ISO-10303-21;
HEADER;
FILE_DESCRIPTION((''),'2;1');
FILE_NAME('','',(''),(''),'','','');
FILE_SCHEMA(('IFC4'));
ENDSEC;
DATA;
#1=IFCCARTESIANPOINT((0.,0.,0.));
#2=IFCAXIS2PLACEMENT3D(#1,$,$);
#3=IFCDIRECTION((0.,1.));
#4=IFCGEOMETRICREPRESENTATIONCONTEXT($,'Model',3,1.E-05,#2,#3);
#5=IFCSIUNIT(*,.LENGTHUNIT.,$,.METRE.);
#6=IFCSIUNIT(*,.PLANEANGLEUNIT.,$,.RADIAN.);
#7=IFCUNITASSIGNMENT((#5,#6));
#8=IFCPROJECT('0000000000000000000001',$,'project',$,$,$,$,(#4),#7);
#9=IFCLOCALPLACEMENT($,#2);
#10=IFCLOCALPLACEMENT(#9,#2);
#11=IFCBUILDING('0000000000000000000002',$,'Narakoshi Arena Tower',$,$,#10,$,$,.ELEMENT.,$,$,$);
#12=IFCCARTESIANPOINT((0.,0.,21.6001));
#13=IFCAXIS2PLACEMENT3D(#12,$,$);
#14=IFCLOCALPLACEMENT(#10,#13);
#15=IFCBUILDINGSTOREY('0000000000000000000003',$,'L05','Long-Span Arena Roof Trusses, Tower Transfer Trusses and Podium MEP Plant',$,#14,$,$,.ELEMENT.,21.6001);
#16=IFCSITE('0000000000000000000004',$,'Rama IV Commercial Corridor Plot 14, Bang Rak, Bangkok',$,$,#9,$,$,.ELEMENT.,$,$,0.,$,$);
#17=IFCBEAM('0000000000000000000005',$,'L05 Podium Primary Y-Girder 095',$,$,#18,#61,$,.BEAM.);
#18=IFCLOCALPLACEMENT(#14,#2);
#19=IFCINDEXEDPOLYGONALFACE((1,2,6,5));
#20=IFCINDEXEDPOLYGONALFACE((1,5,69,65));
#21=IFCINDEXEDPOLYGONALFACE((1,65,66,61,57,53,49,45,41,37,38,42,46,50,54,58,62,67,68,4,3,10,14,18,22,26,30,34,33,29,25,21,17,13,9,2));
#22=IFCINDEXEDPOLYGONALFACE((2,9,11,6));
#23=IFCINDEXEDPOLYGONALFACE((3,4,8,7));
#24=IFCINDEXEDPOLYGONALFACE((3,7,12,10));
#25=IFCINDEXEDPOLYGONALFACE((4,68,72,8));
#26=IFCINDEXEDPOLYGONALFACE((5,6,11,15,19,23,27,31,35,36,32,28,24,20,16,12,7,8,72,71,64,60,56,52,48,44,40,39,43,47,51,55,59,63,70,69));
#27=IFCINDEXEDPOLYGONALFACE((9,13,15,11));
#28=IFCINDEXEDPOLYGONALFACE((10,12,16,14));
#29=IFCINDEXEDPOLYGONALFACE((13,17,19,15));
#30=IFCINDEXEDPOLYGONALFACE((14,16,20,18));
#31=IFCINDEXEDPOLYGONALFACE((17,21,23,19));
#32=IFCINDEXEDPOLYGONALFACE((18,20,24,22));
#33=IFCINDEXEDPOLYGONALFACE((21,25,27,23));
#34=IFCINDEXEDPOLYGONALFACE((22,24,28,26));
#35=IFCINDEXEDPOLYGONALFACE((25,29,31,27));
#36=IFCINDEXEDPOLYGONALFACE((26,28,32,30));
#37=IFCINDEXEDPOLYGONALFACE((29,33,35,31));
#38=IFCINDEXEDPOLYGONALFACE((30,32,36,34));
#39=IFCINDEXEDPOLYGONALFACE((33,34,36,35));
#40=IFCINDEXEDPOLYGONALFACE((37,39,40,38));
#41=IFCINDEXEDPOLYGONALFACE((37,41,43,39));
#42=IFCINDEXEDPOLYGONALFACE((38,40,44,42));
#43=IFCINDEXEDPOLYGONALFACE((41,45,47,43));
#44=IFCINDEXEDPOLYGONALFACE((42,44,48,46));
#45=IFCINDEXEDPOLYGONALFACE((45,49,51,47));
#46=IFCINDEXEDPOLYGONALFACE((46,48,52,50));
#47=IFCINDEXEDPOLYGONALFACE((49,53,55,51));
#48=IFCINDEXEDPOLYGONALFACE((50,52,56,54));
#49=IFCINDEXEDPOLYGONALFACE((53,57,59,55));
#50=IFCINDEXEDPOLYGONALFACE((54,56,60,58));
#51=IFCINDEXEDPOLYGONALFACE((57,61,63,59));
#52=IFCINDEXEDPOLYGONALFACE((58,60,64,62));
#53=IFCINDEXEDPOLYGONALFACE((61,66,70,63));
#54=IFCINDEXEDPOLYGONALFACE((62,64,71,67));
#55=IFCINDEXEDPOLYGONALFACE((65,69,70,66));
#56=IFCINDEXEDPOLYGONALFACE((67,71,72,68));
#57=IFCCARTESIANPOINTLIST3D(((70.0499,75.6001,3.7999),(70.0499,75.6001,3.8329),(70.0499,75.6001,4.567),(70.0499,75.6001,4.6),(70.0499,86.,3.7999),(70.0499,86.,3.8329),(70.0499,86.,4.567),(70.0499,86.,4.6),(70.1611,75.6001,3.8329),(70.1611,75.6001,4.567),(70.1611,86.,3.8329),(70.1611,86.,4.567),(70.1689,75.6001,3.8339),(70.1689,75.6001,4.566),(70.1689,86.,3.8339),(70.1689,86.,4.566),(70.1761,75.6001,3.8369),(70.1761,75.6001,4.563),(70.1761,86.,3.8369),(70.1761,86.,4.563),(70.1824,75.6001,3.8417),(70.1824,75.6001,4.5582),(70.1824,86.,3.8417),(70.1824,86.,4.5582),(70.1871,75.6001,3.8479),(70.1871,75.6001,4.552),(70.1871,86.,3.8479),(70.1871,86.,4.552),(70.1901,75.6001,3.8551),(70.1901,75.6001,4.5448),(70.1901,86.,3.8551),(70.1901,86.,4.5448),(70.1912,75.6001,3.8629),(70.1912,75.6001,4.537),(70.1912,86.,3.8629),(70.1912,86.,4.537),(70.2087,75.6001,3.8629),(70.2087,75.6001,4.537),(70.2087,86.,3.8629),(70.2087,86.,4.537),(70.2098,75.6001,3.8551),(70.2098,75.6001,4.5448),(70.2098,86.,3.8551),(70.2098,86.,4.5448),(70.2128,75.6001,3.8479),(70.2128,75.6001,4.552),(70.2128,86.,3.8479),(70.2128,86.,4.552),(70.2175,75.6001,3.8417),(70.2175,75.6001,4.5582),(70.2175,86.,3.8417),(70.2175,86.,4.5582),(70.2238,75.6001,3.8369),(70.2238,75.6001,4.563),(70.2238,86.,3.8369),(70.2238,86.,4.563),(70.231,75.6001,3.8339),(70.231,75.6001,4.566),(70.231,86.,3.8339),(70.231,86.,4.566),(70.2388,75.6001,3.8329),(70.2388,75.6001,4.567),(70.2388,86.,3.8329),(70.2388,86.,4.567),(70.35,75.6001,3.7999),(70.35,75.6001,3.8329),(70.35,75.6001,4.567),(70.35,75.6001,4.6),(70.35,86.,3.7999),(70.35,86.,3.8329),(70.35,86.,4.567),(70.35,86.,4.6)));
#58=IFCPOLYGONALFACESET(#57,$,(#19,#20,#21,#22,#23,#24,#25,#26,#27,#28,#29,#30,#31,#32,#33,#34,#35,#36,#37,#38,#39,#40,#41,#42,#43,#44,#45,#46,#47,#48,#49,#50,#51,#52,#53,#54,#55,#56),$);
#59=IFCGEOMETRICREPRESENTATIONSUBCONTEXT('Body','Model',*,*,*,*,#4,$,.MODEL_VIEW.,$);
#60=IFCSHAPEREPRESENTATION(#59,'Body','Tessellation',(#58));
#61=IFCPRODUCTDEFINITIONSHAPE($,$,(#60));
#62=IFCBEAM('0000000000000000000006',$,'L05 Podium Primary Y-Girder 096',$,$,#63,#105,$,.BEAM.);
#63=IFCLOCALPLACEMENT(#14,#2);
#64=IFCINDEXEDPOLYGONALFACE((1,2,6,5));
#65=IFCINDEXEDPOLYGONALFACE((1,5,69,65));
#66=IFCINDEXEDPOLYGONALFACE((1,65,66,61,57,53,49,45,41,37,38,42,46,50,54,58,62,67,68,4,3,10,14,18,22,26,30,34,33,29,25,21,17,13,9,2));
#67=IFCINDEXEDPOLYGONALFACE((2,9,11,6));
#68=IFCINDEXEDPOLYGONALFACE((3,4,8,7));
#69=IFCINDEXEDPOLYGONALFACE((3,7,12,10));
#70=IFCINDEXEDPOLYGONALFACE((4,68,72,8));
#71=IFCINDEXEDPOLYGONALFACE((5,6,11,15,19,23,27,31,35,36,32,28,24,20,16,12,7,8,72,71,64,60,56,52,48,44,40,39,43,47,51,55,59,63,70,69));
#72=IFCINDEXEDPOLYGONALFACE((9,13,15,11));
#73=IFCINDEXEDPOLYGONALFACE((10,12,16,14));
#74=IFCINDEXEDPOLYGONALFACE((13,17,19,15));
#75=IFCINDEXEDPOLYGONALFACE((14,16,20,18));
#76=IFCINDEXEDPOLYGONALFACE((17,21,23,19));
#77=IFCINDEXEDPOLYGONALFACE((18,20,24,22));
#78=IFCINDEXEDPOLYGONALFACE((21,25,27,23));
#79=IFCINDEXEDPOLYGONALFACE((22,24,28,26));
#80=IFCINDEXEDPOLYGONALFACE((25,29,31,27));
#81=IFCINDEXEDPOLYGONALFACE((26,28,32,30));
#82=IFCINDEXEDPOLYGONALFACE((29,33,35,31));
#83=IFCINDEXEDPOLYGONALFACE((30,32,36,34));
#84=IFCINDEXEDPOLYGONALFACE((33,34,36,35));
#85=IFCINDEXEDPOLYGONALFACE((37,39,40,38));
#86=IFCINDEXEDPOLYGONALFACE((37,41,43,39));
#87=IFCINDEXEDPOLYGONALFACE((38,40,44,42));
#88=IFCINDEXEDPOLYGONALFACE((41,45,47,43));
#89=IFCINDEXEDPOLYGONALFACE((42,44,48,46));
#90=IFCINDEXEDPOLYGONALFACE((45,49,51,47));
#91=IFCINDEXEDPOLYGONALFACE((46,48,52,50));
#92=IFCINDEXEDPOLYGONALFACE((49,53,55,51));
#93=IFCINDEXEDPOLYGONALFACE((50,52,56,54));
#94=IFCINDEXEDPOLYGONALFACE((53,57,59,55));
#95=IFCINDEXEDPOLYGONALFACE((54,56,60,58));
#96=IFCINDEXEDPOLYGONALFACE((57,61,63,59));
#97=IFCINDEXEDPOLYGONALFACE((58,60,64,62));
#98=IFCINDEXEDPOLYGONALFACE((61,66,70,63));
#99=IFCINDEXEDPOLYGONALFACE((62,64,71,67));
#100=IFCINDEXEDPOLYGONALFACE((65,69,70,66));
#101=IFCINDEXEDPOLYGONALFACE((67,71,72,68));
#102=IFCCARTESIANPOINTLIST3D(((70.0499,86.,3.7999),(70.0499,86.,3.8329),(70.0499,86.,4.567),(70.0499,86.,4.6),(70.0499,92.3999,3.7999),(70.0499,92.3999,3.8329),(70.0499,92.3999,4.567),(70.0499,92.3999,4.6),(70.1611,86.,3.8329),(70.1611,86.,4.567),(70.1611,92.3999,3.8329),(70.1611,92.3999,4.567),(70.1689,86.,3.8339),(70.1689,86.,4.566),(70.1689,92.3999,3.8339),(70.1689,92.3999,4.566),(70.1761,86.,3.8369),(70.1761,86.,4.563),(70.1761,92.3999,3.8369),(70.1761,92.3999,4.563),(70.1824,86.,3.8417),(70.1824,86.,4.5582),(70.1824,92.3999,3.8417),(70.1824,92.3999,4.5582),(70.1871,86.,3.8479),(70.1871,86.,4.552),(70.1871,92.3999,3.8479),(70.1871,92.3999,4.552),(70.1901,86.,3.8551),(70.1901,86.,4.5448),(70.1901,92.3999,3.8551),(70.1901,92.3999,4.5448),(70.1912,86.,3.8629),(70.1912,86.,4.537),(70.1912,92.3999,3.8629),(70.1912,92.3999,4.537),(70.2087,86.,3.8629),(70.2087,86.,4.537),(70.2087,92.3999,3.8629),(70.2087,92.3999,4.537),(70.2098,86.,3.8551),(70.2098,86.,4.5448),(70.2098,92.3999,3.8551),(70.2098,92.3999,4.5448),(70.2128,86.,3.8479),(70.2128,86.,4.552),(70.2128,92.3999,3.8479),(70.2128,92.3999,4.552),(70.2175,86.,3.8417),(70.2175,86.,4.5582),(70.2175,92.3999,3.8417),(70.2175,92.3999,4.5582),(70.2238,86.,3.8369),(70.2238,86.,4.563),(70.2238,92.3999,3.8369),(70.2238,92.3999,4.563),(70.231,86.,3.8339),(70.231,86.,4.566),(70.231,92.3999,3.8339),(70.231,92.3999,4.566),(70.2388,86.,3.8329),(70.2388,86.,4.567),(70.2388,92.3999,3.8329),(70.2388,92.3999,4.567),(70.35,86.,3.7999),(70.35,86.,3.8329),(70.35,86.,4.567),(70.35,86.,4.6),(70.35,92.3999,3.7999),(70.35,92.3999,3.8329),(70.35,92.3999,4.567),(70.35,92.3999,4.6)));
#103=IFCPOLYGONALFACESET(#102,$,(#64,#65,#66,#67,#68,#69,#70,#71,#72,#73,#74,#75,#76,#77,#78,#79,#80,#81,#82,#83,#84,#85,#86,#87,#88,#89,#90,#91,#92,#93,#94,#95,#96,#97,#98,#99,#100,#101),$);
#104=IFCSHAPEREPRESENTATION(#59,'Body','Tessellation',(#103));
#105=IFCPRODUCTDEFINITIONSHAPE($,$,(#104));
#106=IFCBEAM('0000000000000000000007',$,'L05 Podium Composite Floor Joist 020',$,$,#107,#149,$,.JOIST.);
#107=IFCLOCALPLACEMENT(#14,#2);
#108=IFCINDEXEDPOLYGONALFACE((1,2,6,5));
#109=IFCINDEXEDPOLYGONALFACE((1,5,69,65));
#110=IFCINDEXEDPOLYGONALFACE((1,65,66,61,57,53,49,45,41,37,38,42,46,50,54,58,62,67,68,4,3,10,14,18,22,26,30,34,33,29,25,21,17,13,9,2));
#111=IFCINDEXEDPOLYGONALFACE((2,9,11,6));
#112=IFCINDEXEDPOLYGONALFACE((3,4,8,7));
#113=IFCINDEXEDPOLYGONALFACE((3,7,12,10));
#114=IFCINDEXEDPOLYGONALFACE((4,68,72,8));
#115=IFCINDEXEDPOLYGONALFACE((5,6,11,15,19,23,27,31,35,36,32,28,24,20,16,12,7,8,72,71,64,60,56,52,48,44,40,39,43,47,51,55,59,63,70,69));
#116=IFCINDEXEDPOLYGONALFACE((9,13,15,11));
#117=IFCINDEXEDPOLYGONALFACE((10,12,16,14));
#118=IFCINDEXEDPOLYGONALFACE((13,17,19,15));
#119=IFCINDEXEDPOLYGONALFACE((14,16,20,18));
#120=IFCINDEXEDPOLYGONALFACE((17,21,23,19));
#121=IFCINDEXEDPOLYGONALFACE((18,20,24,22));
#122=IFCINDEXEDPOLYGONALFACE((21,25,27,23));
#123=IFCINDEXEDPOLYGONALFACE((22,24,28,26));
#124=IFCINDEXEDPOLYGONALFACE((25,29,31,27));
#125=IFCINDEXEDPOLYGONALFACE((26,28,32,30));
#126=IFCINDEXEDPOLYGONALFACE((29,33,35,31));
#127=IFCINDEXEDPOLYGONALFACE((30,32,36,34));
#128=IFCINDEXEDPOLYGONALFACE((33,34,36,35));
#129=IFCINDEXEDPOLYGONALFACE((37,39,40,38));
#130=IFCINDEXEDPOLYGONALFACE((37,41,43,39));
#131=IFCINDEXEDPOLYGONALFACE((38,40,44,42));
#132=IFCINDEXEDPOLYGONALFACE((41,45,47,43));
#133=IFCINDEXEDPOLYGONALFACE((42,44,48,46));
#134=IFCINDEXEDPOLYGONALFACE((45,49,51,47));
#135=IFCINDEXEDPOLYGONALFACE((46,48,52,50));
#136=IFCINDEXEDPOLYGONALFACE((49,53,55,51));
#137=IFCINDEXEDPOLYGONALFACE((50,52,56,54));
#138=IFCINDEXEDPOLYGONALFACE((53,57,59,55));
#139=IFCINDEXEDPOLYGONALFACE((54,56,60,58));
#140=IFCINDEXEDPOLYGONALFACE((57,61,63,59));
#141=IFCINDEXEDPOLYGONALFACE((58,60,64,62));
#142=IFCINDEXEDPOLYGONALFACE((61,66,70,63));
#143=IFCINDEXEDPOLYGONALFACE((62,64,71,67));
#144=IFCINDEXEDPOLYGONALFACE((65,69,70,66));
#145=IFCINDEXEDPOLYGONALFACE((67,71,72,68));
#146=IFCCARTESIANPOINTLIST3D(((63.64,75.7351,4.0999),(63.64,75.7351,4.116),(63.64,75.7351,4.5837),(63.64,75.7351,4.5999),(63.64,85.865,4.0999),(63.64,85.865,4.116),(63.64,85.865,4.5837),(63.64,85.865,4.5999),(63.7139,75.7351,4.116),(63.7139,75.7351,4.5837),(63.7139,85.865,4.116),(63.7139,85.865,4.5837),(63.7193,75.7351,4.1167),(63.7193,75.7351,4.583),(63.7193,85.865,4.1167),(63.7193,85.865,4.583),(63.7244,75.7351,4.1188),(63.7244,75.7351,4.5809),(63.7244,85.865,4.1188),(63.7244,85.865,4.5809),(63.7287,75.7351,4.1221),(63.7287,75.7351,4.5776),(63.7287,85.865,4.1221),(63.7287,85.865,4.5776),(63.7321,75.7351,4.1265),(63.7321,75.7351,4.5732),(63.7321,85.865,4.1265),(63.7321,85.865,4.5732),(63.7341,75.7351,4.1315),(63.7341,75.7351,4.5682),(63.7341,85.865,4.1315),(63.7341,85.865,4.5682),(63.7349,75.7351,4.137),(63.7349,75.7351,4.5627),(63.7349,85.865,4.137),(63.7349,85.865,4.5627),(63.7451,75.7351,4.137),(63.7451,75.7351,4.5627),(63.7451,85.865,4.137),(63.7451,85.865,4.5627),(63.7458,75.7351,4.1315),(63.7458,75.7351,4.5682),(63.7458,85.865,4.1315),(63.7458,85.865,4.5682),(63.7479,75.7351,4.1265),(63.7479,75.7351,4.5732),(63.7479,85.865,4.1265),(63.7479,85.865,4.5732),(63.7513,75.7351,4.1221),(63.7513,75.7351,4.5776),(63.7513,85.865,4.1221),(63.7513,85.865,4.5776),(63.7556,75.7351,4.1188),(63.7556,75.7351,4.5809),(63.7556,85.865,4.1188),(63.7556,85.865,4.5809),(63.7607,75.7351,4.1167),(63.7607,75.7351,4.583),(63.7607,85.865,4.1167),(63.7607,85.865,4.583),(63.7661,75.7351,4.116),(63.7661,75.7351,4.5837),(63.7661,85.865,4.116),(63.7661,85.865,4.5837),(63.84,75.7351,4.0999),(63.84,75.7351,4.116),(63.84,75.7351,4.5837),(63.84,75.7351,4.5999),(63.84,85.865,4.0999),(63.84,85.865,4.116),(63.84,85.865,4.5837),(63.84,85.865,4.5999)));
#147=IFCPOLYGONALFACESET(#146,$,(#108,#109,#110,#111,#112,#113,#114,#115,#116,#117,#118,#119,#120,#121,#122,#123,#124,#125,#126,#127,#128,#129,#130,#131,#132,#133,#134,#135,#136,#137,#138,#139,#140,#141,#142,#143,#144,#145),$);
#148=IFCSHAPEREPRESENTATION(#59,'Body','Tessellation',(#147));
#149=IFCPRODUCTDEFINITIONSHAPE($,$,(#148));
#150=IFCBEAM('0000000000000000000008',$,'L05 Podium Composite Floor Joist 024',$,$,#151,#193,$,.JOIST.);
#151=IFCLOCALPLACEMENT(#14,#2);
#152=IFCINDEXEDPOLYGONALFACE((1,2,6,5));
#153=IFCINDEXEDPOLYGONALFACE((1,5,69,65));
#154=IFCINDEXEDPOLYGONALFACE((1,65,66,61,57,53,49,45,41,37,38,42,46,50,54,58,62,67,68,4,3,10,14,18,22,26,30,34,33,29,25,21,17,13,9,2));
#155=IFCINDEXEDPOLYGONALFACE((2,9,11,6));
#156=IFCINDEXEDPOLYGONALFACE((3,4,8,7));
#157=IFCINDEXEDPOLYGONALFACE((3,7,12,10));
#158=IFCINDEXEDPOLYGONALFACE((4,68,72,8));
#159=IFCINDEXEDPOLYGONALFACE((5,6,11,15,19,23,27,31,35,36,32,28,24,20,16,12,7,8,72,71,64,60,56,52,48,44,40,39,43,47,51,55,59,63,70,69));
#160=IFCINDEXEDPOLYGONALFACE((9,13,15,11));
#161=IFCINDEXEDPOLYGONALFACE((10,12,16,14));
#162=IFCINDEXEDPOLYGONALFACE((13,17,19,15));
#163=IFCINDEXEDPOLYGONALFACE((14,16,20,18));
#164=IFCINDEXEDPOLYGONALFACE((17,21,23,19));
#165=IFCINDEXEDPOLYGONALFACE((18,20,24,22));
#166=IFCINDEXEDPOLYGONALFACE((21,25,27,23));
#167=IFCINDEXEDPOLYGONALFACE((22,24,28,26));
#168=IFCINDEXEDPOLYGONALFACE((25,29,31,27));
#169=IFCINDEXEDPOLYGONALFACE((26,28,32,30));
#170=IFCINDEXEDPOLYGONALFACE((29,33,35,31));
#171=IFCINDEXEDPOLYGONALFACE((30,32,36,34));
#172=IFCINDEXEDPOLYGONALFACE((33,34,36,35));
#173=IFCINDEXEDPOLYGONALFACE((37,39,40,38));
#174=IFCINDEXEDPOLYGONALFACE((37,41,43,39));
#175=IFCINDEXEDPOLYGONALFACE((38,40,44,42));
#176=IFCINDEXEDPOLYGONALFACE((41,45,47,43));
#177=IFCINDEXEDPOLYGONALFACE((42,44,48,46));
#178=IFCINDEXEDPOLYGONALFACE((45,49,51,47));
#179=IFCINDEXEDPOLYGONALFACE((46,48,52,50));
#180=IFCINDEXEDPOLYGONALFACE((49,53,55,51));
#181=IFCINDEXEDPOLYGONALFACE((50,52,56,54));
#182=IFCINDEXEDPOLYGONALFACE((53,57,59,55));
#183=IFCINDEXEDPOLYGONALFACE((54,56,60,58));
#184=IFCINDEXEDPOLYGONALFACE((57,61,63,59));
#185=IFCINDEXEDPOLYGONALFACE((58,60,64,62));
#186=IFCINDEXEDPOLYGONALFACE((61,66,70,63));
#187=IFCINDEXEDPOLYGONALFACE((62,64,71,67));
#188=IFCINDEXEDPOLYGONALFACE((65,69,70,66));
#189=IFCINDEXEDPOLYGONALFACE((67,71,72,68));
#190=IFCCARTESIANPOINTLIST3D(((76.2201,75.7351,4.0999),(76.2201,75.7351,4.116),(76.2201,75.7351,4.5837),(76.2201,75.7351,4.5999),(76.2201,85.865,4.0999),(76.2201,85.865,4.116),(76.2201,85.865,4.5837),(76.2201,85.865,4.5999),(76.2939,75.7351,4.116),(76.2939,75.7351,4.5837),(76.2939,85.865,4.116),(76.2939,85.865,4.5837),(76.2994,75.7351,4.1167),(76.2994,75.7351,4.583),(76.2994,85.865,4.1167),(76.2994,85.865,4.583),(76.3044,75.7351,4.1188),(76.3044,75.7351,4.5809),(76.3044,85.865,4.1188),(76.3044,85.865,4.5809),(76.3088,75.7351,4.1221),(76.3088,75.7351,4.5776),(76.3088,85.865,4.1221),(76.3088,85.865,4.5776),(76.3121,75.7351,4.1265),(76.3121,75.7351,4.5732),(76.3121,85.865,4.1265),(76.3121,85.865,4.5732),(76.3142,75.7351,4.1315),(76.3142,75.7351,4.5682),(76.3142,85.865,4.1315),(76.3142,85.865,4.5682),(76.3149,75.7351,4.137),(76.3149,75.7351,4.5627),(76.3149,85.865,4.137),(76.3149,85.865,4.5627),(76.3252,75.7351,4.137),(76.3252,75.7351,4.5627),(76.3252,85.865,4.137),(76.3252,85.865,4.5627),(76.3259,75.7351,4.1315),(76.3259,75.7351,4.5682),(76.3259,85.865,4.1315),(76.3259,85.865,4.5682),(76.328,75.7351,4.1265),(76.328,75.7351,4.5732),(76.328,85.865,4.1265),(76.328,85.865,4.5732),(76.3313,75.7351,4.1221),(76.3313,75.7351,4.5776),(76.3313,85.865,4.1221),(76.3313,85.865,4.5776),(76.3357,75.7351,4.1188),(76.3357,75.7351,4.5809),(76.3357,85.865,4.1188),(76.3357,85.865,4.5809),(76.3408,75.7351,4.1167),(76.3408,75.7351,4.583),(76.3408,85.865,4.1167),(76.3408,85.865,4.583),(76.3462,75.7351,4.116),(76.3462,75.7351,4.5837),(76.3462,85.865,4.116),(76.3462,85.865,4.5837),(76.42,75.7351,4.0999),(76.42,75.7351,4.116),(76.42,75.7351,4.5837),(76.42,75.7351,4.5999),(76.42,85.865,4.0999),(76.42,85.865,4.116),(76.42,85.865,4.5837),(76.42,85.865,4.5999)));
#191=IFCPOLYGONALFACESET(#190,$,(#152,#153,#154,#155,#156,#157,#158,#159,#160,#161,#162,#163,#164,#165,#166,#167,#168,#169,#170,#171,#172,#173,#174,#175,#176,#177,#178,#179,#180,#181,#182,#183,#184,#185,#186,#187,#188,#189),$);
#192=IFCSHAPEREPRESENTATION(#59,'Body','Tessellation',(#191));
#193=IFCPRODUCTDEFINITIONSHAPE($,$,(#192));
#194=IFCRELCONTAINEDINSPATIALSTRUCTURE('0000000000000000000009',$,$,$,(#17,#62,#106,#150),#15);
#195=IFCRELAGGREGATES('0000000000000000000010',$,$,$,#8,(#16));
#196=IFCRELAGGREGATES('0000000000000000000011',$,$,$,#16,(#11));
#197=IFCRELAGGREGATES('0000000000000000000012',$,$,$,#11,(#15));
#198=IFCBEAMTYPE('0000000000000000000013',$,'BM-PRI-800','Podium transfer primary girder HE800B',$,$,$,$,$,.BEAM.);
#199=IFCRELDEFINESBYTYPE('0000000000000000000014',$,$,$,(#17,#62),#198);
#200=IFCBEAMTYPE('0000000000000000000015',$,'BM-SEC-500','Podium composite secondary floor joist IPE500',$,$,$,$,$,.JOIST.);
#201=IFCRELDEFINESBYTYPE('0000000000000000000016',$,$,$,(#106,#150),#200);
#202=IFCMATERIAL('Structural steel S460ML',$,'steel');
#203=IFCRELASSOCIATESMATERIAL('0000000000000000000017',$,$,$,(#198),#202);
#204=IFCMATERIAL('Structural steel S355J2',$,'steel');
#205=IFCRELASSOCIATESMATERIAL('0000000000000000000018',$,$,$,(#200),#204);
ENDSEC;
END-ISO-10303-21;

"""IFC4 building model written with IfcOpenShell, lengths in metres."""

from ifc_helpers import new_model, si_unit, direction, frame, origin, origin_2d, place, context, subcontext, project, spatial, i_section, extrude, material, material_profile, profile_set, type_object, element, save


model = new_model("IFC4")

# Units and contexts
model_context = context("Model", 3, precision=1e-05, world=origin(), true_north=direction((0.0, 1.0)))
body_context = subcontext(model_context, "Body", "Model", "MODEL_VIEW")
ifc_project = project(units=[si_unit("LENGTHUNIT", "METRE"), si_unit("PLANEANGLEUNIT", "RADIAN")], contexts=[model_context])

# Site, building, storey
site_placement = place(None, origin())
site = spatial("IfcSite", under=ifc_project, at=site_placement, Name="Rama IV Commercial Corridor Plot 14, Bang Rak, Bangkok", CompositionType="ELEMENT", RefElevation=0.0)
building_placement = place(site_placement, origin())
building = spatial("IfcBuilding", under=site, at=building_placement, Name="Narakoshi Arena Tower", CompositionType="ELEMENT")
storey_placement = place(building_placement, frame((0.0, 0.0, 21.6001)))
storey = spatial("IfcBuildingStorey", under=building, at=storey_placement, Name="L05", Description="Long-Span Arena Roof Trusses, Tower Transfer Trusses and Podium MEP Plant", CompositionType="ELEMENT", Elevation=21.6001)

# Beams
ifc_material_1 = material(Name="Structural steel S460ML", Category="steel")
ifc_material_profile_1 = material_profile(ifc_material_1, i_section(OverallWidth=0.3, OverallDepth=0.8, WebThickness=0.0176, FlangeThickness=0.033, FilletRadius=0.03, at=origin_2d()), Name="HE800B")
ifc_profile_set_1 = profile_set([ifc_material_profile_1], Name="Structural steel S460ML")
beam_type_1 = type_object("IfcBeamType", Name="BM-PRI-800", Description="Podium transfer primary girder HE800B", PredefinedType="BEAM", material=ifc_profile_set_1)
beam_1_placement = place(storey_placement, frame((70.2, 75.6001, 4.2), z_axis=(0.0, 1.0, 0.0), x_axis=(-1.0, 0.0, 0.0)))
element("IfcBeam", 1, at=beam_1_placement, inside=storey, type_object=beam_type_1, Name="L05 Podium Primary Y-Girder 095", PredefinedType="BEAM", context=body_context, shape_type="SweptSolid", body=[
    extrude(i_section(OverallWidth=0.3, OverallDepth=0.8, WebThickness=0.0176, FlangeThickness=0.033, FilletRadius=0.03, at=origin_2d()), origin(), (0.0, 0.0, 1.0), 10.3999),
])
beam_2_placement = place(storey_placement, frame((70.2, 86.0, 4.2), z_axis=(0.0, 1.0, 0.0), x_axis=(-1.0, 0.0, 0.0)))
element("IfcBeam", 2, at=beam_2_placement, inside=storey, type_object=beam_type_1, Name="L05 Podium Primary Y-Girder 096", PredefinedType="BEAM", context=body_context, shape_type="SweptSolid", body=[
    extrude(i_section(OverallWidth=0.3, OverallDepth=0.8, WebThickness=0.0176, FlangeThickness=0.033, FilletRadius=0.03, at=origin_2d()), origin(), (0.0, 0.0, 1.0), 6.3999),
])
ifc_material_2 = material(Name="Structural steel S355J2", Category="steel")
ifc_material_profile_2 = material_profile(ifc_material_2, i_section(OverallWidth=0.2, OverallDepth=0.5, WebThickness=0.0103, FlangeThickness=0.0161, FilletRadius=0.021, at=origin_2d()), Name="IPE500")
ifc_profile_set_2 = profile_set([ifc_material_profile_2], Name="Structural steel S355J2")
beam_type_2 = type_object("IfcBeamType", Name="BM-SEC-500", Description="Podium composite secondary floor joist IPE500", PredefinedType="JOIST", material=ifc_profile_set_2)
for number, where, z_axis, x_axis, name in (
    (3, (63.74, 75.7351, 4.3499), (0.0, 1.0, 0.0), (-1.0, 0.0, 0.0), "L05 Podium Composite Floor Joist 020"),
    (4, (76.3201, 75.7351, 4.3499), (0.0, 1.0, 0.0), (-1.0, 0.0, 0.0), "L05 Podium Composite Floor Joist 024"),
):
    element("IfcBeam", number, at=place(storey_placement, frame(where, z_axis=z_axis, x_axis=x_axis)), inside=storey, type_object=beam_type_2, Name=name, PredefinedType="JOIST", context=body_context, shape_type="SweptSolid", body=[
        extrude(i_section(OverallWidth=0.2, OverallDepth=0.5, WebThickness=0.0103, FlangeThickness=0.0161, FilletRadius=0.021, at=origin_2d()), origin(), (0.0, 0.0, 1.0), 10.1299),
    ])

save(model, "model.ifc")
